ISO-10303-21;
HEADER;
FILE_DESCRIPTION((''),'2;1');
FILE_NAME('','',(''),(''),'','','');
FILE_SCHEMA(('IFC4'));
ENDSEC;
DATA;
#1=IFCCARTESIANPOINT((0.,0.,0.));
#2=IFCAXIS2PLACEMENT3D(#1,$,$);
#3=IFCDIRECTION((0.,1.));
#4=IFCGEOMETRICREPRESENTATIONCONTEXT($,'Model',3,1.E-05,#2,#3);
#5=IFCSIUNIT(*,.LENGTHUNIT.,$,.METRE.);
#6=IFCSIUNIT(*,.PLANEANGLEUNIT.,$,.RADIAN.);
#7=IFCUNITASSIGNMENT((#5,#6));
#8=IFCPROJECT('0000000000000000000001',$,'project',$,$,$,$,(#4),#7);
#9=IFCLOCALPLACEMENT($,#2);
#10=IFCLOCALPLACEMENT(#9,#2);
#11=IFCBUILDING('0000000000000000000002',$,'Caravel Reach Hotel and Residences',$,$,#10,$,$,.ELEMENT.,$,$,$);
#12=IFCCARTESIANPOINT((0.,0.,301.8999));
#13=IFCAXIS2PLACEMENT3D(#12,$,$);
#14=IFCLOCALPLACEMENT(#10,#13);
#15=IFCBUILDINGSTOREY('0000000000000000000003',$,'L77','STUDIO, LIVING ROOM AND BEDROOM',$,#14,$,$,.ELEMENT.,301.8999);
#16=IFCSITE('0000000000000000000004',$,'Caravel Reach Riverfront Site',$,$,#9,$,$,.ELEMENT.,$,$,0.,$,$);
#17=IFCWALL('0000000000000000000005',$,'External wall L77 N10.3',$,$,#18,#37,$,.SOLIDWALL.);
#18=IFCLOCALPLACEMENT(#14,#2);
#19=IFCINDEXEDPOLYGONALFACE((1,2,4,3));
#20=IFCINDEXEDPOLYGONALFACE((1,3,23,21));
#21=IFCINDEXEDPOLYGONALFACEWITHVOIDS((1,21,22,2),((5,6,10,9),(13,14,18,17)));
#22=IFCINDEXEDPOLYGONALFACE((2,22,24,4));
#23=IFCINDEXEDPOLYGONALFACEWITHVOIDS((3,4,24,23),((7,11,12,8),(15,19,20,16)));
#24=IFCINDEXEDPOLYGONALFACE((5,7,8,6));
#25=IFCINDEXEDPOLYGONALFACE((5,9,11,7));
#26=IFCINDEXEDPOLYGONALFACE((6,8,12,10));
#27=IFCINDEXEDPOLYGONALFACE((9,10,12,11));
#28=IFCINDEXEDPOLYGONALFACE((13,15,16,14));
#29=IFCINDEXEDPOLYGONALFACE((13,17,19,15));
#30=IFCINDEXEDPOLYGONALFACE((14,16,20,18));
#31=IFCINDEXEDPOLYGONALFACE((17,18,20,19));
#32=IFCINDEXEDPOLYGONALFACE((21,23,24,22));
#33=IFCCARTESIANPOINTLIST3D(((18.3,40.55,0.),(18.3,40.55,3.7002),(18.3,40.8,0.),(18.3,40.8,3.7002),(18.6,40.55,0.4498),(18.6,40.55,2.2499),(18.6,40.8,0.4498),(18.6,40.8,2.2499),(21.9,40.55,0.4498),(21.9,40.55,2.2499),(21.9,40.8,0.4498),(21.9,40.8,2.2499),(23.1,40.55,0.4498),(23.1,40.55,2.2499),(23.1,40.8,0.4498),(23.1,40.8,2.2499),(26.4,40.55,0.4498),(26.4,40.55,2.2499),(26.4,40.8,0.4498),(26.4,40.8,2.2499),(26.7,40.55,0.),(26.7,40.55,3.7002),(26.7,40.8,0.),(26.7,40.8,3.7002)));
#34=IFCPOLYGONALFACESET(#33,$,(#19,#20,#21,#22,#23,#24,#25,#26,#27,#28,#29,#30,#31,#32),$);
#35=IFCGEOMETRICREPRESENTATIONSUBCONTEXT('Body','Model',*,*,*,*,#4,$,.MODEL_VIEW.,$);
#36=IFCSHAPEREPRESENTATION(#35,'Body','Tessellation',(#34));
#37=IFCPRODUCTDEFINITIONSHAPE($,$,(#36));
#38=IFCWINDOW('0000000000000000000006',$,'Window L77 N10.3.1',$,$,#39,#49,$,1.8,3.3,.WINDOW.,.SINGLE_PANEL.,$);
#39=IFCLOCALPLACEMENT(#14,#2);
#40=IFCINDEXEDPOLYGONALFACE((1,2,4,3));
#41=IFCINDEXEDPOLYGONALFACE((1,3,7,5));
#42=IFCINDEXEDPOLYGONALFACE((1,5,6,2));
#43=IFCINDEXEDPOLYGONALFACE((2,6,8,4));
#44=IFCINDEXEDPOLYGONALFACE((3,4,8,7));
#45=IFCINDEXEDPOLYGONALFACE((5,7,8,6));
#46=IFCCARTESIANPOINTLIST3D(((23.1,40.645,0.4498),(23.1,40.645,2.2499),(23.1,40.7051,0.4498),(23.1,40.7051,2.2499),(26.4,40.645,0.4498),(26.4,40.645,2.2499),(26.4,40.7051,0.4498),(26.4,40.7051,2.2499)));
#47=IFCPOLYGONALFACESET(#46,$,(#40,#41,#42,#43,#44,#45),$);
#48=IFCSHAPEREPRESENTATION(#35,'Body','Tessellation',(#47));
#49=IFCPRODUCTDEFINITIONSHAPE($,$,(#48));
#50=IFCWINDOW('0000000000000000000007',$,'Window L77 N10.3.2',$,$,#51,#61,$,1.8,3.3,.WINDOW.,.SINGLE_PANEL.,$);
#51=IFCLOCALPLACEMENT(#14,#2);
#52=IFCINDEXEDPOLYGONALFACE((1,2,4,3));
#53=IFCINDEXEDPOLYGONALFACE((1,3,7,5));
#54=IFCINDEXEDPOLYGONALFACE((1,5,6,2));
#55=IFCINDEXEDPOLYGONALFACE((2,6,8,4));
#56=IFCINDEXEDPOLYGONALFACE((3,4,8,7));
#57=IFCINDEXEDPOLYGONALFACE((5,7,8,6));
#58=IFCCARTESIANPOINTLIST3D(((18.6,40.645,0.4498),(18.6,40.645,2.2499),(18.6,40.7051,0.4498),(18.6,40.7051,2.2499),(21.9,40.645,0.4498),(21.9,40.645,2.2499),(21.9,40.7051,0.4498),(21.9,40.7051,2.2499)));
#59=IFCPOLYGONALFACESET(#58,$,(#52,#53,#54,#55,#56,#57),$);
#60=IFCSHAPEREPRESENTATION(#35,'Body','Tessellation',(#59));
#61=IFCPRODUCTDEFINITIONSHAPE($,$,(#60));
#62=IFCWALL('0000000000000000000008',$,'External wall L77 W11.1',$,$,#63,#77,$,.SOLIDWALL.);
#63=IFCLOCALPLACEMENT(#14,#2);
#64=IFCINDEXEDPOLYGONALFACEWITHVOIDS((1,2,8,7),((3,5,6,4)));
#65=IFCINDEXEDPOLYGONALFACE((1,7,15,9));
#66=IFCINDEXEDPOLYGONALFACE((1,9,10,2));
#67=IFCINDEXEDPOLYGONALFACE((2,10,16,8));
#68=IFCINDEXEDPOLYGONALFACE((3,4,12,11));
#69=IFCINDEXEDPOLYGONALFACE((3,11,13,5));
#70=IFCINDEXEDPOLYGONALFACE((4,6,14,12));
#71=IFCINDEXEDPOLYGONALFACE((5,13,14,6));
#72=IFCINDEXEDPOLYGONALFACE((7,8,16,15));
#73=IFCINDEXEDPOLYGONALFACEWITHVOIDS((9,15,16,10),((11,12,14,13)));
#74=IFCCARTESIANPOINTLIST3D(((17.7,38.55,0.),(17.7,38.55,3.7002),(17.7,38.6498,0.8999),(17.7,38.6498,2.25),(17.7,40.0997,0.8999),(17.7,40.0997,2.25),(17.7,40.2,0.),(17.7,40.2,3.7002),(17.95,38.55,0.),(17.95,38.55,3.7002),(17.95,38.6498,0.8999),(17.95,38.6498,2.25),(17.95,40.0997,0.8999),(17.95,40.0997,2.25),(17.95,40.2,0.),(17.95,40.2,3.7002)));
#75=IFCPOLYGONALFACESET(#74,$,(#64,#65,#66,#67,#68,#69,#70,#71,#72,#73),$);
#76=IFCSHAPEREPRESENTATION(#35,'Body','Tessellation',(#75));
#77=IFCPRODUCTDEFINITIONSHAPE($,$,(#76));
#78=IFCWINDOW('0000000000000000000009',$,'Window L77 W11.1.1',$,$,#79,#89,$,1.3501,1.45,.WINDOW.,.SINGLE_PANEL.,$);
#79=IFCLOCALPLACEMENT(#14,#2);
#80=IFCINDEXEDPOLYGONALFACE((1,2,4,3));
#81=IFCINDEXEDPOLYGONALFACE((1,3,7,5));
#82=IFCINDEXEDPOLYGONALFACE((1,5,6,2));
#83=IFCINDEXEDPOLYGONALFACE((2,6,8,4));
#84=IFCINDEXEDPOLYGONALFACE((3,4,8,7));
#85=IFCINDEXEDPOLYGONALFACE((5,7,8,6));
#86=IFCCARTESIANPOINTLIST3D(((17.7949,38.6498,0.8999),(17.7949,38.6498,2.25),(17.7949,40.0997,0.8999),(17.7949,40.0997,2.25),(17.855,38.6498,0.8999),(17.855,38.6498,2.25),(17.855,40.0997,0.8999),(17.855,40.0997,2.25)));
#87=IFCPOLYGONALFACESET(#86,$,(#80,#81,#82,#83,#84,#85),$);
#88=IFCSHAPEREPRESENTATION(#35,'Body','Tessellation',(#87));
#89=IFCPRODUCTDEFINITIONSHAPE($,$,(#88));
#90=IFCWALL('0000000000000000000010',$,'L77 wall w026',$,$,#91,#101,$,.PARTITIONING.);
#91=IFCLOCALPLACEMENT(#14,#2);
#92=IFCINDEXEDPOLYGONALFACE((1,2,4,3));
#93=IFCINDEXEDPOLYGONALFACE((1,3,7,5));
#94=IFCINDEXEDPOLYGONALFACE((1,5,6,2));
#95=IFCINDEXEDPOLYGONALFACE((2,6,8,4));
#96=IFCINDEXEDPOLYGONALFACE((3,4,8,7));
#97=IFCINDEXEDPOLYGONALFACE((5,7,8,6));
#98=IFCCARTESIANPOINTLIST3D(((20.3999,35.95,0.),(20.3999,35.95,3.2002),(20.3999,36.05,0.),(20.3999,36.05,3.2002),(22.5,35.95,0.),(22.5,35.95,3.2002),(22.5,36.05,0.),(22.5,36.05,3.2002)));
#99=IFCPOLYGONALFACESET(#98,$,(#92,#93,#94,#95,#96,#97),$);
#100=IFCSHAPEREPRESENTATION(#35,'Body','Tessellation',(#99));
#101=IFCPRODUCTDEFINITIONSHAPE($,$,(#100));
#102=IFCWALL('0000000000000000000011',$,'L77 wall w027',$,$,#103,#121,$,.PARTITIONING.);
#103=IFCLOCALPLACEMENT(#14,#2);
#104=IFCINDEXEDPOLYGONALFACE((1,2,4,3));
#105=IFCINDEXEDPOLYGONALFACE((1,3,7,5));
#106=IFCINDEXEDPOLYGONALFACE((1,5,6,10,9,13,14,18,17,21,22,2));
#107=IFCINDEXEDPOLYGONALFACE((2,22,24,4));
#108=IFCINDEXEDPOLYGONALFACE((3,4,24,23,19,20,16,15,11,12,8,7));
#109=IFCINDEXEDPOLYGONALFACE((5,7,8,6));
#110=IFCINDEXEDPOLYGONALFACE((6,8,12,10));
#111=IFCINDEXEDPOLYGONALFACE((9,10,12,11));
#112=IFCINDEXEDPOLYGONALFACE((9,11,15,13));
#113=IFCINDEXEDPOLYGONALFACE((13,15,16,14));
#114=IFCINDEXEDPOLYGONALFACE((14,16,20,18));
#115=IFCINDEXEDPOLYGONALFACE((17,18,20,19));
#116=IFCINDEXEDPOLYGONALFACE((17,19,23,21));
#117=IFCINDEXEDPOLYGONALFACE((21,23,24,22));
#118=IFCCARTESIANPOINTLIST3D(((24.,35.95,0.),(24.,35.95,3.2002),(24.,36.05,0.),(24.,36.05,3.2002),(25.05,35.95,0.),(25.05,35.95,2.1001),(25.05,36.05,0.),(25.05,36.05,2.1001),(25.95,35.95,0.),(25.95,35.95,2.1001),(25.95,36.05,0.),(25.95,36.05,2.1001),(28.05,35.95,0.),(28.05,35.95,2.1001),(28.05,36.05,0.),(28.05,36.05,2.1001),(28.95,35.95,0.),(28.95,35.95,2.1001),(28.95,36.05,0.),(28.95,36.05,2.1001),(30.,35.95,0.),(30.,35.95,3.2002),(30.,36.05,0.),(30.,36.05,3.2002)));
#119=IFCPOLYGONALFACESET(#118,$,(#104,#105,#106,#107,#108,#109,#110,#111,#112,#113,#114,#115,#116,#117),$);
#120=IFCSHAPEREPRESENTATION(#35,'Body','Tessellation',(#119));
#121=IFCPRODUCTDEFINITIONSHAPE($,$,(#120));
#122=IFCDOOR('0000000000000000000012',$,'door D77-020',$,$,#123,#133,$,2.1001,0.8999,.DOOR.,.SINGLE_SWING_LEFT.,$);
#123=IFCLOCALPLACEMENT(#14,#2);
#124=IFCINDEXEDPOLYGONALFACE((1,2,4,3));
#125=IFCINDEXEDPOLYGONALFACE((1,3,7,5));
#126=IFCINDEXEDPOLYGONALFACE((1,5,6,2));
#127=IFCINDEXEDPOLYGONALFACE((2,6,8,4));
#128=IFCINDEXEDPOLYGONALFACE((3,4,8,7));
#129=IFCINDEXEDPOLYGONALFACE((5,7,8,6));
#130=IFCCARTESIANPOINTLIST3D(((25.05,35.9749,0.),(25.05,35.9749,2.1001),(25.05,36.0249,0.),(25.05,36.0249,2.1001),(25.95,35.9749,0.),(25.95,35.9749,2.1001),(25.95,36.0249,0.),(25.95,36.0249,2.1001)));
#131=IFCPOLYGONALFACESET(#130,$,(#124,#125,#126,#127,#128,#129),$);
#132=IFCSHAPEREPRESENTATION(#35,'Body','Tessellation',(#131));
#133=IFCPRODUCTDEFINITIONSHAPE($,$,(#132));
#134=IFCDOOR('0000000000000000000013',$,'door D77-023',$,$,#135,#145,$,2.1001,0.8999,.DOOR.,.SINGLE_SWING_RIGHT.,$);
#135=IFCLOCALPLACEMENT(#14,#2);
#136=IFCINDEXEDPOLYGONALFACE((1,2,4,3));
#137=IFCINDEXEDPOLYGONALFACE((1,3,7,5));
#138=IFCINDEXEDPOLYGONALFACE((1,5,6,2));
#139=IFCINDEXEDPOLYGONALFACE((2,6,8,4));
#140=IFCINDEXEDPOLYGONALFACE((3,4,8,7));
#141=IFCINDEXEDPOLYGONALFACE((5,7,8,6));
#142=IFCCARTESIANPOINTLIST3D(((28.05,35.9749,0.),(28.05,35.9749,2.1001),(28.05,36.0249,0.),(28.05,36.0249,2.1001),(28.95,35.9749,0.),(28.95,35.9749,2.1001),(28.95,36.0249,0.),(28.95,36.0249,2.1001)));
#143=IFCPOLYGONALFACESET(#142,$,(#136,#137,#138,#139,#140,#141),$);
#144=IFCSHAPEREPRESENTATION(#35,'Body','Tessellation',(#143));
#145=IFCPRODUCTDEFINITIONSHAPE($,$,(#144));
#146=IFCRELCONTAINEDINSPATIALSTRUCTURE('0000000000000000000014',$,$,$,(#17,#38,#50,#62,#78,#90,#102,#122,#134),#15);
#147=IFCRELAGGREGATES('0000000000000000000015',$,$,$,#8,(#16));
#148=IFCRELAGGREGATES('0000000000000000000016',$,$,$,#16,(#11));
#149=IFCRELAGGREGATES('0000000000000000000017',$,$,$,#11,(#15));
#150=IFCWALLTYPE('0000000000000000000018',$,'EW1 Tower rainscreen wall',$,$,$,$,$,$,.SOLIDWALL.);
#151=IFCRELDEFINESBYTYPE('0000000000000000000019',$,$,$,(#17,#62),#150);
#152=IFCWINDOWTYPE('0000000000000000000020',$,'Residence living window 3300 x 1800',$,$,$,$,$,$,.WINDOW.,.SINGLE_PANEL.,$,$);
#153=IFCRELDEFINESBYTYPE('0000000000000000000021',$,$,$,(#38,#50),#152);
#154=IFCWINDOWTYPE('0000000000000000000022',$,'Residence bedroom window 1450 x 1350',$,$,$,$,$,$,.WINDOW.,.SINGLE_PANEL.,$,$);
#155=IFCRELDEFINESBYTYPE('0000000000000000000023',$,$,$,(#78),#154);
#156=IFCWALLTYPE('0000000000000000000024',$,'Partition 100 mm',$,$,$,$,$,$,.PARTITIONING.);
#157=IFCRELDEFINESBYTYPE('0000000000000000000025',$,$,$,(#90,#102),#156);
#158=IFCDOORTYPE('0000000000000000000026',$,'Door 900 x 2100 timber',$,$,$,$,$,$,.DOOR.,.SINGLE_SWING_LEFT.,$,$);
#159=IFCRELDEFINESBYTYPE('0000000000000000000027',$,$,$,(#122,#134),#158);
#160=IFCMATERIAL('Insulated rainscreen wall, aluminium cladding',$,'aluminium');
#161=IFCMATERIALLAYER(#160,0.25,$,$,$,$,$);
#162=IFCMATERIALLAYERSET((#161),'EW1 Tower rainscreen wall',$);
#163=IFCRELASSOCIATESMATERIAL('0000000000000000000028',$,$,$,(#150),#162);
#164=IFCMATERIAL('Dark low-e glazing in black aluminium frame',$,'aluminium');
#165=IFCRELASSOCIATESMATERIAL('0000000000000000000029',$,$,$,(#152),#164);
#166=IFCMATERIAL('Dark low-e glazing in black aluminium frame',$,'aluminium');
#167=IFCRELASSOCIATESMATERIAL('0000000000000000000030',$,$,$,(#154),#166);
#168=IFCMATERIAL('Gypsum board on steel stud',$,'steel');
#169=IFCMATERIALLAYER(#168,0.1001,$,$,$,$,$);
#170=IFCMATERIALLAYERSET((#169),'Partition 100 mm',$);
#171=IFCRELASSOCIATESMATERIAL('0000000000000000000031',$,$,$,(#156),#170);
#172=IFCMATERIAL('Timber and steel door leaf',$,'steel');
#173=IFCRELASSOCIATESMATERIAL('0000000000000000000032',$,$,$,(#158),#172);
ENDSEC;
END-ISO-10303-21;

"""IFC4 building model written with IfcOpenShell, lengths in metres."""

from ifc_helpers import new_model, si_unit, direction, frame, frame_2d, origin, place, context, subcontext, project, spatial, rectangle, extrude, material, layer, layer_set, type_object, element, fill, save


model = new_model("IFC4")

# Units and contexts
model_context = context("Model", 3, precision=1e-05, world=origin(), true_north=direction((0.0, 1.0)))
body_context = subcontext(model_context, "Body", "Model", "MODEL_VIEW")
ifc_project = project(units=[si_unit("LENGTHUNIT", "METRE"), si_unit("PLANEANGLEUNIT", "RADIAN")], contexts=[model_context])

# Site, building, storey
site_placement = place(None, origin())
site = spatial("IfcSite", under=ifc_project, at=site_placement, Name="Caravel Reach Riverfront Site", CompositionType="ELEMENT", RefElevation=0.0)
building_placement = place(site_placement, origin())
building = spatial("IfcBuilding", under=site, at=building_placement, Name="Caravel Reach Hotel and Residences", CompositionType="ELEMENT")
storey_placement = place(building_placement, frame((0.0, 0.0, 301.8999)))
storey = spatial("IfcBuildingStorey", under=building, at=storey_placement, Name="L77", Description="STUDIO, LIVING ROOM AND BEDROOM", CompositionType="ELEMENT", Elevation=301.8999)

# Wall, openings, windows
ifc_material_1 = material(Name="Insulated rainscreen wall, aluminium cladding", Category="aluminium")
ifc_layer_1 = layer(ifc_material_1, 0.25)
ifc_layer_set_1 = layer_set([ifc_layer_1], Name="EW1 Tower rainscreen wall")
wall_type_1 = type_object("IfcWallType", Name="EW1 Tower rainscreen wall", PredefinedType="SOLIDWALL", material=ifc_layer_set_1)
wall_1_placement = place(storey_placement, frame((26.7, 40.675, 0.0), z_axis=(0.0, 0.0, 1.0), x_axis=(-1.0, 0.0, 0.0)))
wall_1 = element("IfcWall", 1, at=wall_1_placement, inside=storey, type_object=wall_type_1, Name="External wall L77 N10.3", PredefinedType="SOLIDWALL", context=body_context, shape_type="SweptSolid", body=[
    extrude(rectangle(XDim=8.3999, YDim=0.25, at=frame_2d((4.2, 0.0))), origin(), (0.0, 0.0, 1.0), 3.7002),
])
opening_1_placement = place(wall_1_placement, frame((0.3, 0.0, 0.45)))
opening_1 = element("IfcOpeningElement", 2, at=opening_1_placement, cuts=wall_1, PredefinedType="OPENING", context=body_context, shape_type="SweptSolid", body=[
    extrude(rectangle(XDim=3.3, YDim=1.8, at=frame_2d((1.6499, 0.8999))), frame((0.0, 0.135, 0.0), z_axis=(0.0, -1.0, 0.0), x_axis=(1.0, 0.0, 0.0)), (0.0, 0.0, 1.0), 0.27),
])
opening_2_placement = place(wall_1_placement, frame((4.8, 0.0, 0.45)))
opening_2 = element("IfcOpeningElement", 3, at=opening_2_placement, cuts=wall_1, PredefinedType="OPENING", context=body_context, shape_type="SweptSolid", body=[
    extrude(rectangle(XDim=3.3, YDim=1.8, at=frame_2d((1.6499, 0.8999))), frame((0.0, 0.135, 0.0), z_axis=(0.0, -1.0, 0.0), x_axis=(1.0, 0.0, 0.0)), (0.0, 0.0, 1.0), 0.27),
])
ifc_material_2 = material(Name="Dark low-e glazing in black aluminium frame", Category="aluminium")
window_type_1 = type_object("IfcWindowType", Name="Residence living window 3300 x 1800", PartitioningType="SINGLE_PANEL", PredefinedType="WINDOW", material=ifc_material_2)
window_1_placement = place(opening_1_placement, origin())
window_1 = element("IfcWindow", 4, at=window_1_placement, inside=storey, type_object=window_type_1, Name="Window L77 N10.3.1", OverallHeight=1.8, OverallWidth=3.3, PartitioningType="SINGLE_PANEL", PredefinedType="WINDOW", context=body_context, shape_type="SweptSolid", body=[
    extrude(rectangle(XDim=3.3, YDim=1.8, at=frame_2d((1.6499, 0.8999))), frame((0.0, 0.03, 0.0), z_axis=(0.0, -1.0, 0.0), x_axis=(1.0, 0.0, 0.0)), (0.0, 0.0, 1.0), 0.0601),
])
fill(opening_1, window_1)
window_2_placement = place(opening_2_placement, origin())
window_2 = element("IfcWindow", 5, at=window_2_placement, inside=storey, type_object=window_type_1, Name="Window L77 N10.3.2", OverallHeight=1.8, OverallWidth=3.3, PartitioningType="SINGLE_PANEL", PredefinedType="WINDOW", context=body_context, shape_type="SweptSolid", body=[
    extrude(rectangle(XDim=3.3, YDim=1.8, at=frame_2d((1.6499, 0.8999))), frame((0.0, 0.03, 0.0), z_axis=(0.0, -1.0, 0.0), x_axis=(1.0, 0.0, 0.0)), (0.0, 0.0, 1.0), 0.0601),
])
fill(opening_2, window_2)

# Wall, opening, window
wall_2_placement = place(storey_placement, frame((17.825, 40.2, 0.0), z_axis=(0.0, 0.0, 1.0), x_axis=(0.0, -1.0, 0.0)))
wall_2 = element("IfcWall", 6, at=wall_2_placement, inside=storey, type_object=wall_type_1, Name="External wall L77 W11.1", PredefinedType="SOLIDWALL", context=body_context, shape_type="SweptSolid", body=[
    extrude(rectangle(XDim=1.6499, YDim=0.25, at=frame_2d((0.825, 0.0))), origin(), (0.0, 0.0, 1.0), 3.7002),
])
opening_3_placement = place(wall_2_placement, frame((0.1001, 0.0, 0.8999)))
opening_3 = element("IfcOpeningElement", 7, at=opening_3_placement, cuts=wall_2, PredefinedType="OPENING", context=body_context, shape_type="SweptSolid", body=[
    extrude(rectangle(XDim=1.45, YDim=1.3501, at=frame_2d((0.7251, 0.675))), frame((0.0, 0.135, 0.0), z_axis=(0.0, -1.0, 0.0), x_axis=(1.0, 0.0, 0.0)), (0.0, 0.0, 1.0), 0.27),
])
ifc_material_3 = material(Name="Dark low-e glazing in black aluminium frame", Category="aluminium")
window_type_2 = type_object("IfcWindowType", Name="Residence bedroom window 1450 x 1350", PartitioningType="SINGLE_PANEL", PredefinedType="WINDOW", material=ifc_material_3)
window_3_placement = place(opening_3_placement, origin())
window_3 = element("IfcWindow", 8, at=window_3_placement, inside=storey, type_object=window_type_2, Name="Window L77 W11.1.1", OverallHeight=1.3501, OverallWidth=1.45, PartitioningType="SINGLE_PANEL", PredefinedType="WINDOW", context=body_context, shape_type="SweptSolid", body=[
    extrude(rectangle(XDim=1.45, YDim=1.3501, at=frame_2d((0.7251, 0.675))), frame((0.0, 0.03, 0.0), z_axis=(0.0, -1.0, 0.0), x_axis=(1.0, 0.0, 0.0)), (0.0, 0.0, 1.0), 0.0601),
])
fill(opening_3, window_3)

# Wall
ifc_material_4 = material(Name="Gypsum board on steel stud", Category="steel")
ifc_layer_2 = layer(ifc_material_4, 0.1001)
ifc_layer_set_2 = layer_set([ifc_layer_2], Name="Partition 100 mm")
wall_type_2 = type_object("IfcWallType", Name="Partition 100 mm", PredefinedType="PARTITIONING", material=ifc_layer_set_2)
wall_3_placement = place(storey_placement, frame((20.3999, 36.0, 0.0), z_axis=(0.0, 0.0, 1.0), x_axis=(1.0, 0.0, 0.0)))
element("IfcWall", 9, at=wall_3_placement, inside=storey, type_object=wall_type_2, Name="L77 wall w026", PredefinedType="PARTITIONING", context=body_context, shape_type="SweptSolid", body=[
    extrude(rectangle(XDim=2.1001, YDim=0.1001, at=frame_2d((1.05, 0.0))), origin(), (0.0, 0.0, 1.0), 3.2002),
])

# Wall, openings, doors
wall_4_placement = place(storey_placement, frame((24.0, 36.0, 0.0), z_axis=(0.0, 0.0, 1.0), x_axis=(1.0, 0.0, 0.0)))
wall_4 = element("IfcWall", 10, at=wall_4_placement, inside=storey, type_object=wall_type_2, Name="L77 wall w027", PredefinedType="PARTITIONING", context=body_context, shape_type="SweptSolid", body=[
    extrude(rectangle(XDim=6.0, YDim=0.1001, at=frame_2d((3.0, 0.0))), origin(), (0.0, 0.0, 1.0), 3.2002),
])
opening_4_placement = place(wall_4_placement, frame((1.05, 0.0, 0.0)))
opening_4 = element("IfcOpeningElement", 11, at=opening_4_placement, cuts=wall_4, PredefinedType="OPENING", context=body_context, shape_type="SweptSolid", body=[
    extrude(rectangle(XDim=0.8999, YDim=2.1001, at=frame_2d((0.45, 1.05))), frame((0.0, 0.0601, 0.0), z_axis=(0.0, -1.0, 0.0), x_axis=(1.0, 0.0, 0.0)), (0.0, 0.0, 1.0), 0.1201),
])
opening_5_placement = place(wall_4_placement, frame((4.05, 0.0, 0.0)))
opening_5 = element("IfcOpeningElement", 12, at=opening_5_placement, cuts=wall_4, PredefinedType="OPENING", context=body_context, shape_type="SweptSolid", body=[
    extrude(rectangle(XDim=0.8999, YDim=2.1001, at=frame_2d((0.45, 1.05))), frame((0.0, 0.0601, 0.0), z_axis=(0.0, -1.0, 0.0), x_axis=(1.0, 0.0, 0.0)), (0.0, 0.0, 1.0), 0.1201),
])
ifc_material_5 = material(Name="Timber and steel door leaf", Category="steel")
door_type = type_object("IfcDoorType", Name="Door 900 x 2100 timber", OperationType="SINGLE_SWING_LEFT", PredefinedType="DOOR", material=ifc_material_5)
door_1_placement = place(opening_4_placement, origin())
door_1 = element("IfcDoor", 13, at=door_1_placement, inside=storey, type_object=door_type, Name="door D77-020", OperationType="SINGLE_SWING_LEFT", OverallHeight=2.1001, OverallWidth=0.8999, PredefinedType="DOOR", context=body_context, shape_type="SweptSolid", body=[
    extrude(rectangle(XDim=0.8999, YDim=2.1001, at=frame_2d((0.45, 1.05))), frame((0.0, 0.0249, 0.0), z_axis=(0.0, -1.0, 0.0), x_axis=(1.0, 0.0, 0.0)), (0.0, 0.0, 1.0), 0.05),
])
fill(opening_4, door_1)
door_2_placement = place(opening_5_placement, origin())
door_2 = element("IfcDoor", 14, at=door_2_placement, inside=storey, type_object=door_type, Name="door D77-023", OperationType="SINGLE_SWING_RIGHT", OverallHeight=2.1001, OverallWidth=0.8999, PredefinedType="DOOR", context=body_context, shape_type="SweptSolid", body=[
    extrude(rectangle(XDim=0.8999, YDim=2.1001, at=frame_2d((0.45, 1.05))), frame((0.0, 0.0249, 0.0), z_axis=(0.0, -1.0, 0.0), x_axis=(1.0, 0.0, 0.0)), (0.0, 0.0, 1.0), 0.05),
])
fill(opening_5, door_2)

save(model, "model.ifc")
